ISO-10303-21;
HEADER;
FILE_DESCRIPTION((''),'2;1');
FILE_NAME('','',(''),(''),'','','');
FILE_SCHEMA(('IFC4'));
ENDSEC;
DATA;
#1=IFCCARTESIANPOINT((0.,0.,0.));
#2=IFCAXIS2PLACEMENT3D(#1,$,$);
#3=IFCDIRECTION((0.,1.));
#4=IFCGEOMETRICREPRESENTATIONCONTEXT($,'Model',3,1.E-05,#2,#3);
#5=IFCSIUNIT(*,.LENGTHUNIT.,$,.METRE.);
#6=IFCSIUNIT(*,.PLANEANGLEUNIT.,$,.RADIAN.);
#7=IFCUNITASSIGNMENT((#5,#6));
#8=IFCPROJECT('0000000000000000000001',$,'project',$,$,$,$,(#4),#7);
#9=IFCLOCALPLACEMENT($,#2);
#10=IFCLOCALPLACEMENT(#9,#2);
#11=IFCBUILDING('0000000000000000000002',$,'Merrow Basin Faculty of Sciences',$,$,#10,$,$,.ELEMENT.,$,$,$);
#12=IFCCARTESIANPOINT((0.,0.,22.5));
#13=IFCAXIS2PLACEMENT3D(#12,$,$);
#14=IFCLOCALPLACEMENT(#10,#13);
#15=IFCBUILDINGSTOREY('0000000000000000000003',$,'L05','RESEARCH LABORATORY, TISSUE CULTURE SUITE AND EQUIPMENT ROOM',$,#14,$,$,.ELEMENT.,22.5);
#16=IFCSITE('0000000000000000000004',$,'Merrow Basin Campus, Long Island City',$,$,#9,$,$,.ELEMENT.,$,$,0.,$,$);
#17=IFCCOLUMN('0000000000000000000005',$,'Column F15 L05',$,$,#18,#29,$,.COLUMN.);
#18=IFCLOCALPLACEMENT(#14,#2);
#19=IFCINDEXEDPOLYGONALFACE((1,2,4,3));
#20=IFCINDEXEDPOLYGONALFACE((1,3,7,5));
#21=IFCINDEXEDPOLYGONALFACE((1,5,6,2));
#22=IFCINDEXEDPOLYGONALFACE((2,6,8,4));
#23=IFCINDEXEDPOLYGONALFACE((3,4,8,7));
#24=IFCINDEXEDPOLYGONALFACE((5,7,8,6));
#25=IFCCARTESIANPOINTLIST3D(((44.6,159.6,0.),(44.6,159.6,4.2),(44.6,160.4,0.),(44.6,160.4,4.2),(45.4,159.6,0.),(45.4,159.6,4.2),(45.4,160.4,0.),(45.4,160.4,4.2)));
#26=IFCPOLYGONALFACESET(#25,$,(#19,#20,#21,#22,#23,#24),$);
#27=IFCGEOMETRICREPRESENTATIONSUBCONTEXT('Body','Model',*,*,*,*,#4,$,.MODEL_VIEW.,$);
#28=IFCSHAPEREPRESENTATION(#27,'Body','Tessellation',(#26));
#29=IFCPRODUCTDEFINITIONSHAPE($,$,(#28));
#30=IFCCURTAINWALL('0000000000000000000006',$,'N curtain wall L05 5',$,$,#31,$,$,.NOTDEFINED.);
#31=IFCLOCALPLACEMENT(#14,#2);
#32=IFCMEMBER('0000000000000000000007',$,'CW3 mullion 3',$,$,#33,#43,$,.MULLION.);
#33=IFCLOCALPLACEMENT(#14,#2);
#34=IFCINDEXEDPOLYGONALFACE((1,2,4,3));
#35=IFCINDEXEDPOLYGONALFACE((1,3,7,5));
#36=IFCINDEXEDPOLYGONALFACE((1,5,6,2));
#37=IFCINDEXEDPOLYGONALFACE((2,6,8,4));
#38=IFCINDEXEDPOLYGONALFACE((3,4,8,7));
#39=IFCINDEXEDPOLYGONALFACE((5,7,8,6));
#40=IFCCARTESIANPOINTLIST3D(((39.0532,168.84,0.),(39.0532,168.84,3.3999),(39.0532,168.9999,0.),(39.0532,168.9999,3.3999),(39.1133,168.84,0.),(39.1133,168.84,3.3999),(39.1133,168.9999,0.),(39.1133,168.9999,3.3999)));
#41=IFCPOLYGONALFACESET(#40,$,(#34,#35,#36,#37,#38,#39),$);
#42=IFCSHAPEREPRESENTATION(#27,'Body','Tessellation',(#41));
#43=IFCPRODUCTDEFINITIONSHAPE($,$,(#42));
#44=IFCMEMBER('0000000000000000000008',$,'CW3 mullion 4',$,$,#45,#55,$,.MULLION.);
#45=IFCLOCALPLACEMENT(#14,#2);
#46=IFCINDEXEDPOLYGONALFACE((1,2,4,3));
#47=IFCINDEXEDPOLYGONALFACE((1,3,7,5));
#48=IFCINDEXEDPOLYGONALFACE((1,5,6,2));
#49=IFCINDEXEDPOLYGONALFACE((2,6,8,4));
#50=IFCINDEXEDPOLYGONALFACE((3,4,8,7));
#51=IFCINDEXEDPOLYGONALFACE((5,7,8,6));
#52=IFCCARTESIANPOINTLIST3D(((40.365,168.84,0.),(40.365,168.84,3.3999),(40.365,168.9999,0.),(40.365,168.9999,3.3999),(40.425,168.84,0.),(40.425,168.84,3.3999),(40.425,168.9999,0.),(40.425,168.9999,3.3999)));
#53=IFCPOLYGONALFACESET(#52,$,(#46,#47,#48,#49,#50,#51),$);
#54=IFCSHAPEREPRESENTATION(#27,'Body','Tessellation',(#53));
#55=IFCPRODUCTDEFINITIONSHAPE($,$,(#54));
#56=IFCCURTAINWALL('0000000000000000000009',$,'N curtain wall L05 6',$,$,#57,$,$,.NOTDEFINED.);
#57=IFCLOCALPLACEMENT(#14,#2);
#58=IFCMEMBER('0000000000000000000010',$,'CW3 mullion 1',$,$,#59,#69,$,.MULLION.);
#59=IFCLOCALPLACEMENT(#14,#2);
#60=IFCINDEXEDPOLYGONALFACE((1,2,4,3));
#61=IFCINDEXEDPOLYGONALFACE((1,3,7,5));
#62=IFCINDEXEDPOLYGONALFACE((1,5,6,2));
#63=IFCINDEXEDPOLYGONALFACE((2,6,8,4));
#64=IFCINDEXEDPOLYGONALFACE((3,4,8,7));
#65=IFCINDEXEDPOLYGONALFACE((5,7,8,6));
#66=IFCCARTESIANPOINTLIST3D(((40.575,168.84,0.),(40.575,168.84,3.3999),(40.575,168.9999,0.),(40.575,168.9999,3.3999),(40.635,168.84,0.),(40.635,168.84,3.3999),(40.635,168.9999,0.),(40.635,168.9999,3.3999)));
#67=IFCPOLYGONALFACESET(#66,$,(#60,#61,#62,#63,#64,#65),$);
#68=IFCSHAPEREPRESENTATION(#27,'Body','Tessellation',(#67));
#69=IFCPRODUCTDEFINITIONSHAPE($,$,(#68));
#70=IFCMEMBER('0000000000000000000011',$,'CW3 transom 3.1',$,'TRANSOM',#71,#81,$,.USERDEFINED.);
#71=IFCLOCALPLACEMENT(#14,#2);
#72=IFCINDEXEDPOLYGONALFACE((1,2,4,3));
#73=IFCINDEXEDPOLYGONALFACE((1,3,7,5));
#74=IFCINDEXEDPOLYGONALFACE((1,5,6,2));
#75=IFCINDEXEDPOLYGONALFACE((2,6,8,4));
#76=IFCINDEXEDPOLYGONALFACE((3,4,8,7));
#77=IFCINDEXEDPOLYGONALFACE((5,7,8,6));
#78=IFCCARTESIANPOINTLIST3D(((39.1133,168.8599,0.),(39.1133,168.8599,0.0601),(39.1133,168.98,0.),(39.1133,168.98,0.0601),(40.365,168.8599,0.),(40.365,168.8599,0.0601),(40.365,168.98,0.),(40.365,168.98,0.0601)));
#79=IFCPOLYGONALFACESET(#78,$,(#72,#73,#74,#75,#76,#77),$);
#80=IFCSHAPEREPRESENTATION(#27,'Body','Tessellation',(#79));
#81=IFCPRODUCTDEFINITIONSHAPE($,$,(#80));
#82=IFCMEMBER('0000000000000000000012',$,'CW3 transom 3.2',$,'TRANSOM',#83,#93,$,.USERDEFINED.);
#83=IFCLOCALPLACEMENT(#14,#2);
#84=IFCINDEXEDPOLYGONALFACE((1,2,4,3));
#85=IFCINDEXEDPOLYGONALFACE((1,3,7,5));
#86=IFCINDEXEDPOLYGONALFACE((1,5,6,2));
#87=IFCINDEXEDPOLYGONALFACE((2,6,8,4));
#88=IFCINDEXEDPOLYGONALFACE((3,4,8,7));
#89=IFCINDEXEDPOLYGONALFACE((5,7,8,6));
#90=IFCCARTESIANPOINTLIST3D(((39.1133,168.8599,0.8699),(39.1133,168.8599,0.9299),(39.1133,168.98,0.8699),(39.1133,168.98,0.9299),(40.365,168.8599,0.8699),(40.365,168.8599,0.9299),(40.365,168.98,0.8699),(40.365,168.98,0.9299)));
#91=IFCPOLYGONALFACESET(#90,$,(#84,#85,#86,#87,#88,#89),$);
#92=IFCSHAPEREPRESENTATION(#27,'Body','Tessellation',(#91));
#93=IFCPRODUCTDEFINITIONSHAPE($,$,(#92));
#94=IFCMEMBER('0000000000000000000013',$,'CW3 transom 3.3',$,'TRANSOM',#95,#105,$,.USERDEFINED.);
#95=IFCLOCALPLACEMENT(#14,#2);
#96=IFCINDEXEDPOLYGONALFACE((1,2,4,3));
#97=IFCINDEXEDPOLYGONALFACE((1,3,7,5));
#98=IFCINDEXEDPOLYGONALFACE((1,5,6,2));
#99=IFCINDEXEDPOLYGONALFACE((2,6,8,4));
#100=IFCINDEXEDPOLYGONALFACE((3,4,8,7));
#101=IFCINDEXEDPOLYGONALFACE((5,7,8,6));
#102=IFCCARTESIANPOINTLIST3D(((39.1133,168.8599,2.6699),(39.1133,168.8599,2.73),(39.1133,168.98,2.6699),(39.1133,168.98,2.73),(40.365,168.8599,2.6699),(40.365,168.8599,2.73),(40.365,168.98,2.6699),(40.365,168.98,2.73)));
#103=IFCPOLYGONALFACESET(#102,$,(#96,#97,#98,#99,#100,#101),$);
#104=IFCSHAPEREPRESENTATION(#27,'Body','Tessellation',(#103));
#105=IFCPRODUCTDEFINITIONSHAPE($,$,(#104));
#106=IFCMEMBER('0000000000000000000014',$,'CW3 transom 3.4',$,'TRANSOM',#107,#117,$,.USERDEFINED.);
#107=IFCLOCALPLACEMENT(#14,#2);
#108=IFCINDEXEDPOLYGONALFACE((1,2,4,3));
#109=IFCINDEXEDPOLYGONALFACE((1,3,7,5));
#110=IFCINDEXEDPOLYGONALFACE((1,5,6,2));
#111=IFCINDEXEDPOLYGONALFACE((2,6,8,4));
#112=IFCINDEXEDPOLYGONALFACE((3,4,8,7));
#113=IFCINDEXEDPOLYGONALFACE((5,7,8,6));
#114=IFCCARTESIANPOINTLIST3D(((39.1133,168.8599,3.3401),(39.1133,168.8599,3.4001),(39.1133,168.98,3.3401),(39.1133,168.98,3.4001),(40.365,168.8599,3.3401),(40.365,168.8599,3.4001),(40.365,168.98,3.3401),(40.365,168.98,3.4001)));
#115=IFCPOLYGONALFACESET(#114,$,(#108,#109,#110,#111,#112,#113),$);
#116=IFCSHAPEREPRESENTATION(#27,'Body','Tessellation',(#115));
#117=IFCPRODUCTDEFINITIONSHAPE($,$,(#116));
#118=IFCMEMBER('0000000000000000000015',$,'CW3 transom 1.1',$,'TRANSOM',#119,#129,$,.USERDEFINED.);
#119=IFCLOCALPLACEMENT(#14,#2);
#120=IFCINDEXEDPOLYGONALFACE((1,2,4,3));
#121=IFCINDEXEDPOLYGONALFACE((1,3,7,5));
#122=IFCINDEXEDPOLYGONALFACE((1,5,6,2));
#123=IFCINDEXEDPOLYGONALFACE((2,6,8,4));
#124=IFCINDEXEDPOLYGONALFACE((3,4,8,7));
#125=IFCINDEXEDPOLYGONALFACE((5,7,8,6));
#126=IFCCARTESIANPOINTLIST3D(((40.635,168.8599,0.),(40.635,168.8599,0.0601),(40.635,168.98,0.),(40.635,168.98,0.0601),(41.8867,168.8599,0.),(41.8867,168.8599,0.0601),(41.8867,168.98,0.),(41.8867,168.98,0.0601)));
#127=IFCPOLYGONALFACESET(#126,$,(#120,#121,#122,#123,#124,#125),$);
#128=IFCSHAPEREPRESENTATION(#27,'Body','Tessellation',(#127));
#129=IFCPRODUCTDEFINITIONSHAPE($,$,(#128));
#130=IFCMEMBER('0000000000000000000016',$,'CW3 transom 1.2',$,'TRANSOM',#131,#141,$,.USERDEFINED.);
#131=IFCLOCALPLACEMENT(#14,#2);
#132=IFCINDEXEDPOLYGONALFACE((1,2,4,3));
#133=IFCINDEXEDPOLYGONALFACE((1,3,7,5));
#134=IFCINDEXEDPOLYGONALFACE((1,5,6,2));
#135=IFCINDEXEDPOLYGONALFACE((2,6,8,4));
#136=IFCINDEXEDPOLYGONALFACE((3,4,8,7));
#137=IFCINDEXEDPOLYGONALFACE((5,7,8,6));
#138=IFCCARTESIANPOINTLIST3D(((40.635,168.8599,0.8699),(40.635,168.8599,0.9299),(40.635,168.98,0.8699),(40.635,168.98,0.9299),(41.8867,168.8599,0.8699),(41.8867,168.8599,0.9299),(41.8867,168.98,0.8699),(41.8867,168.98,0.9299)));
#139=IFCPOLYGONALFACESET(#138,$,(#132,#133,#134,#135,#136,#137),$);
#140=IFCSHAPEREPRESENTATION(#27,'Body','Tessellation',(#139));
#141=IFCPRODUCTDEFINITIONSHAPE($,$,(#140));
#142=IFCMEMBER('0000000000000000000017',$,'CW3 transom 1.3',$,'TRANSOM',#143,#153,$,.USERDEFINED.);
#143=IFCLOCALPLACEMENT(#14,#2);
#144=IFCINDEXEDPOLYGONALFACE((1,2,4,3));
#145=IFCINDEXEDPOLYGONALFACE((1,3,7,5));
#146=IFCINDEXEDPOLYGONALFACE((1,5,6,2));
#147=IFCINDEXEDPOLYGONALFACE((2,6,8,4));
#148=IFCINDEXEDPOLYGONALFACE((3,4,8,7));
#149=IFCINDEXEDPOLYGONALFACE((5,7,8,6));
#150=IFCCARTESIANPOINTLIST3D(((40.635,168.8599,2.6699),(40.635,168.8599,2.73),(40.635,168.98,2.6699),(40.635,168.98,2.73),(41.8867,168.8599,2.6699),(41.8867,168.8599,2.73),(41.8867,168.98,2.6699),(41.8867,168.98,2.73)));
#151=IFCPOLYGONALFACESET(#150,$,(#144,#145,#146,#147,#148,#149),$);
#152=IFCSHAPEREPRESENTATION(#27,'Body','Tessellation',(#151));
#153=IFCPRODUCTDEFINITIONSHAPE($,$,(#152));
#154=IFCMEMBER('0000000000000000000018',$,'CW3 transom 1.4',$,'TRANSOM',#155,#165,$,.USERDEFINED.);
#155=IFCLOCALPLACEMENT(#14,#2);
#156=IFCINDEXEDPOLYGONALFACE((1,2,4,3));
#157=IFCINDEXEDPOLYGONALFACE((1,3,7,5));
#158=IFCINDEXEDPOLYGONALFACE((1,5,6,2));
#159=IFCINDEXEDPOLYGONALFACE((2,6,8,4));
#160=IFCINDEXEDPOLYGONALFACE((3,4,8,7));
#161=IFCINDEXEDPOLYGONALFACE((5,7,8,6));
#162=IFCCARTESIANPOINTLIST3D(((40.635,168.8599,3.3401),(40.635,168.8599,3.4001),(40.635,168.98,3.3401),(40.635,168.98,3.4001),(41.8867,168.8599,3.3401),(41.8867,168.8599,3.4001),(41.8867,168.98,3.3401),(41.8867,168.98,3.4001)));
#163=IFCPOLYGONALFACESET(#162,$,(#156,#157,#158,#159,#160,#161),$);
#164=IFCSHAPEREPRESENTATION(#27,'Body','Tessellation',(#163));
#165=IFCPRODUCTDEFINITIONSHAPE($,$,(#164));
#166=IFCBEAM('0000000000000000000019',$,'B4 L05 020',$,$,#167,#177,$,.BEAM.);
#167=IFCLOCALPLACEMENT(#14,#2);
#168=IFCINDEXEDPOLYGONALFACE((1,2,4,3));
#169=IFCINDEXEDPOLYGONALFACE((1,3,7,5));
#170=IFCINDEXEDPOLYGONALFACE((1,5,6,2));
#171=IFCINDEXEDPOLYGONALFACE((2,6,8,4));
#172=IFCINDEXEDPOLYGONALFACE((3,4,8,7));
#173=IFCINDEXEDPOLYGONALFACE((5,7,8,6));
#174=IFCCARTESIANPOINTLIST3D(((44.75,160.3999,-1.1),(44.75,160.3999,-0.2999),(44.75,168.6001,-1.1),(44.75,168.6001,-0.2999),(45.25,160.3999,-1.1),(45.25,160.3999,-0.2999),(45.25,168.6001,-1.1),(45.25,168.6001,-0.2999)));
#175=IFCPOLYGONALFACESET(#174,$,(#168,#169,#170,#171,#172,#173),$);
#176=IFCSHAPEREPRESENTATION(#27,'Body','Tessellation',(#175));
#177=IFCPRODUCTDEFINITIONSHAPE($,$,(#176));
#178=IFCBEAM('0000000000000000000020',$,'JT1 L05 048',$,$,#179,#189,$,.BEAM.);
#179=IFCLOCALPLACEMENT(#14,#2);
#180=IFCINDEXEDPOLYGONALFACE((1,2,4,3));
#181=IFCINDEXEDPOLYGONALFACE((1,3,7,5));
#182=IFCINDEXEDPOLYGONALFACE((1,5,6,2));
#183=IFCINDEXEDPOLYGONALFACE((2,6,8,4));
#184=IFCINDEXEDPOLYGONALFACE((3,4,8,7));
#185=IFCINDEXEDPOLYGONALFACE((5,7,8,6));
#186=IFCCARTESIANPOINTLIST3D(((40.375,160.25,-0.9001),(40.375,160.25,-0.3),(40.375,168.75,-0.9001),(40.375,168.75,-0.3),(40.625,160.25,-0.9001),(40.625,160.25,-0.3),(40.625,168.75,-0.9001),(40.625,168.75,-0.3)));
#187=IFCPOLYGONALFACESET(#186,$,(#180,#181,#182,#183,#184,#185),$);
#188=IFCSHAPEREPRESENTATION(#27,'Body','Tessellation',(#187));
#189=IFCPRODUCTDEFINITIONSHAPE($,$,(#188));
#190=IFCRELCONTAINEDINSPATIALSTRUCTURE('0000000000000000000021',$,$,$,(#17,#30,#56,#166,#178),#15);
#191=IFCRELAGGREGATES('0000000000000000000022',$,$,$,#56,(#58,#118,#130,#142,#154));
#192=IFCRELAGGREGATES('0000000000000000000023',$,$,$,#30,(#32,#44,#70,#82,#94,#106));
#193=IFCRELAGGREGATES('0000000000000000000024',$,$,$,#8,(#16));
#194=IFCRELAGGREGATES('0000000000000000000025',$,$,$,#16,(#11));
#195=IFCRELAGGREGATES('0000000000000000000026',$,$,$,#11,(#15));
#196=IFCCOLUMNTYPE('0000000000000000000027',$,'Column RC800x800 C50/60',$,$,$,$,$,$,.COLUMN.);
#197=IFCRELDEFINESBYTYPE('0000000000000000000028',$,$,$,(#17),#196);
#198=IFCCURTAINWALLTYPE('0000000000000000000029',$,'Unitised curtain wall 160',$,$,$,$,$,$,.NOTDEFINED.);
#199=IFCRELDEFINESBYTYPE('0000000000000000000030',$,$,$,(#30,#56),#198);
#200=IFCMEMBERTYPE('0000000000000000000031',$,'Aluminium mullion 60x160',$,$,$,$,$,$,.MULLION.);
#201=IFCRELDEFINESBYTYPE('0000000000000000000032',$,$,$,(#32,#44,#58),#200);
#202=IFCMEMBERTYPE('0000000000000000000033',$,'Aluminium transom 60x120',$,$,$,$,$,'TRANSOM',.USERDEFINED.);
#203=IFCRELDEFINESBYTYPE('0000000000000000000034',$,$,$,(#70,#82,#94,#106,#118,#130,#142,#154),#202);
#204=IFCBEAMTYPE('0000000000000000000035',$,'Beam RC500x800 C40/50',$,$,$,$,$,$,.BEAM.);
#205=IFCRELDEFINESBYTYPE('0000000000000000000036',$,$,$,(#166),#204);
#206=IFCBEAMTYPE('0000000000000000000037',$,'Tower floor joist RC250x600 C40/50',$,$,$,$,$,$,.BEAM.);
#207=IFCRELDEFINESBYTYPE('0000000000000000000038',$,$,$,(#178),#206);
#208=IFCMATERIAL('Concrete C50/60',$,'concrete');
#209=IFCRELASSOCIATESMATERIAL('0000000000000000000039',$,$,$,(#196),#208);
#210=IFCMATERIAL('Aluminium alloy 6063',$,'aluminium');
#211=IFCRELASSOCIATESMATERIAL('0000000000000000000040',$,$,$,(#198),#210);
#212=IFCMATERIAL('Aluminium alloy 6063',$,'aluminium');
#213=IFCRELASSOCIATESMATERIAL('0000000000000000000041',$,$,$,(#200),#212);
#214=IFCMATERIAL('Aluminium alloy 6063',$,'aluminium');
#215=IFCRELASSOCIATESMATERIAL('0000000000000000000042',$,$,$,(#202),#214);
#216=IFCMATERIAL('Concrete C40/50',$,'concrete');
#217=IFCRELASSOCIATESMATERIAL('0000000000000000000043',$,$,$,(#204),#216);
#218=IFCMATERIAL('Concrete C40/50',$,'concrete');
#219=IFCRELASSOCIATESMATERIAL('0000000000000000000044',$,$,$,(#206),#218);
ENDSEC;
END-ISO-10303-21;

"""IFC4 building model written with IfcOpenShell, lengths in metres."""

from ifc_helpers import new_model, si_unit, direction, frame, origin, origin_2d, place, context, subcontext, project, spatial, rectangle, extrude, material, material_profile, profile_set, type_object, element, aggregate, save


model = new_model("IFC4")

# Units and contexts
model_context = context("Model", 3, precision=1e-05, world=origin(), true_north=direction((0.0, 1.0)))
body_context = subcontext(model_context, "Body", "Model", "MODEL_VIEW")
ifc_project = project(units=[si_unit("LENGTHUNIT", "METRE"), si_unit("PLANEANGLEUNIT", "RADIAN")], contexts=[model_context])

# Site, building, storey
site_placement = place(None, origin())
site = spatial("IfcSite", under=ifc_project, at=site_placement, Name="Merrow Basin Campus, Long Island City", CompositionType="ELEMENT", RefElevation=0.0)
building_placement = place(site_placement, origin())
building = spatial("IfcBuilding", under=site, at=building_placement, Name="Merrow Basin Faculty of Sciences", CompositionType="ELEMENT")
storey_placement = place(building_placement, frame((0.0, 0.0, 22.5)))
storey = spatial("IfcBuildingStorey", under=building, at=storey_placement, Name="L05", Description="RESEARCH LABORATORY, TISSUE CULTURE SUITE AND EQUIPMENT ROOM", CompositionType="ELEMENT", Elevation=22.5)

# Column
ifc_material_1 = material(Name="Concrete C50/60", Category="concrete")
ifc_material_profile_1 = material_profile(ifc_material_1, rectangle(XDim=0.8, YDim=0.8, at=origin_2d()))
ifc_profile_set_1 = profile_set([ifc_material_profile_1], Name="Concrete C50/60")
column_type = type_object("IfcColumnType", Name="Column RC800x800 C50/60", PredefinedType="COLUMN", material=ifc_profile_set_1)
column_placement = place(storey_placement, frame((45.0, 160.0, 0.0), z_axis=(0.0, 0.0, 1.0), x_axis=(1.0, 0.0, 0.0)))
element("IfcColumn", 1, at=column_placement, inside=storey, type_object=column_type, Name="Column F15 L05", PredefinedType="COLUMN", context=body_context, shape_type="SweptSolid", body=[
    extrude(rectangle(XDim=0.8, YDim=0.8, at=origin_2d()), origin(), (0.0, 0.0, 1.0), 4.2),
])

# Curtain wall, members
ifc_material_2 = material(Name="Aluminium alloy 6063", Category="aluminium")
curtain_wall_type = type_object("IfcCurtainWallType", Name="Unitised curtain wall 160", PredefinedType="NOTDEFINED", material=ifc_material_2)
curtain_wall_1_placement = place(storey_placement, origin())
curtain_wall_1 = element("IfcCurtainWall", 2, at=curtain_wall_1_placement, inside=storey, type_object=curtain_wall_type, Name="N curtain wall L05 5", PredefinedType="NOTDEFINED")
ifc_material_3 = material(Name="Aluminium alloy 6063", Category="aluminium")
ifc_material_profile_2 = material_profile(ifc_material_3, rectangle(XDim=0.1599, YDim=0.0601, at=origin_2d()))
ifc_profile_set_2 = profile_set([ifc_material_profile_2], Name="Aluminium alloy 6063")
member_type_1 = type_object("IfcMemberType", Name="Aluminium mullion 60x160", PredefinedType="MULLION", material=ifc_profile_set_2)
member_1_placement = place(storey_placement, frame((39.0833, 168.9199, 0.0), z_axis=(0.0, 0.0, 1.0), x_axis=(0.0, 1.0, 0.0)))
member_1 = element("IfcMember", 3, at=member_1_placement, type_object=member_type_1, Name="CW3 mullion 3", PredefinedType="MULLION", context=body_context, shape_type="SweptSolid", body=[
    extrude(rectangle(XDim=0.1599, YDim=0.0601, at=origin_2d()), origin(), (0.0, 0.0, 1.0), 3.3999),
])
member_2_placement = place(storey_placement, frame((40.395, 168.9199, 0.0), z_axis=(0.0, 0.0, 1.0), x_axis=(0.0, 1.0, 0.0)))
member_2 = element("IfcMember", 4, at=member_2_placement, type_object=member_type_1, Name="CW3 mullion 4", PredefinedType="MULLION", context=body_context, shape_type="SweptSolid", body=[
    extrude(rectangle(XDim=0.1599, YDim=0.0601, at=origin_2d()), origin(), (0.0, 0.0, 1.0), 3.3999),
])

# Curtain wall, member
curtain_wall_2_placement = place(storey_placement, origin())
curtain_wall_2 = element("IfcCurtainWall", 5, at=curtain_wall_2_placement, inside=storey, type_object=curtain_wall_type, Name="N curtain wall L05 6", PredefinedType="NOTDEFINED")
member_3_placement = place(storey_placement, frame((40.605, 168.9199, 0.0), z_axis=(0.0, 0.0, 1.0), x_axis=(0.0, 1.0, 0.0)))
member_3 = element("IfcMember", 6, at=member_3_placement, type_object=member_type_1, Name="CW3 mullion 1", PredefinedType="MULLION", context=body_context, shape_type="SweptSolid", body=[
    extrude(rectangle(XDim=0.1599, YDim=0.0601, at=origin_2d()), origin(), (0.0, 0.0, 1.0), 3.3999),
])

# Members
ifc_material_4 = material(Name="Aluminium alloy 6063", Category="aluminium")
ifc_material_profile_3 = material_profile(ifc_material_4, rectangle(XDim=0.1201, YDim=0.0601, at=origin_2d()))
ifc_profile_set_3 = profile_set([ifc_material_profile_3], Name="Aluminium alloy 6063")
member_type_2 = type_object("IfcMemberType", Name="Aluminium transom 60x120", ElementType="TRANSOM", PredefinedType="USERDEFINED", material=ifc_profile_set_3)
member_4_placement = place(storey_placement, frame((39.1133, 168.9199, 0.03), z_axis=(1.0, 0.0, 0.0), x_axis=(0.0, 1.0, 0.0)))
member_4 = element("IfcMember", 7, at=member_4_placement, type_object=member_type_2, Name="CW3 transom 3.1", ObjectType="TRANSOM", PredefinedType="USERDEFINED", context=body_context, shape_type="SweptSolid", body=[
    extrude(rectangle(XDim=0.1201, YDim=0.0601, at=origin_2d()), origin(), (0.0, 0.0, 1.0), 1.2517),
])
member_5_placement = place(storey_placement, frame((39.1133, 168.9199, 0.8999), z_axis=(1.0, 0.0, 0.0), x_axis=(0.0, 1.0, 0.0)))
member_5 = element("IfcMember", 8, at=member_5_placement, type_object=member_type_2, Name="CW3 transom 3.2", ObjectType="TRANSOM", PredefinedType="USERDEFINED", context=body_context, shape_type="SweptSolid", body=[
    extrude(rectangle(XDim=0.1201, YDim=0.0601, at=origin_2d()), origin(), (0.0, 0.0, 1.0), 1.2517),
])
member_6_placement = place(storey_placement, frame((39.1133, 168.9199, 2.7), z_axis=(1.0, 0.0, 0.0), x_axis=(0.0, 1.0, 0.0)))
member_6 = element("IfcMember", 9, at=member_6_placement, type_object=member_type_2, Name="CW3 transom 3.3", ObjectType="TRANSOM", PredefinedType="USERDEFINED", context=body_context, shape_type="SweptSolid", body=[
    extrude(rectangle(XDim=0.1201, YDim=0.0601, at=origin_2d()), origin(), (0.0, 0.0, 1.0), 1.2517),
])
member_7_placement = place(storey_placement, frame((39.1133, 168.9199, 3.3701), z_axis=(1.0, 0.0, 0.0), x_axis=(0.0, 1.0, 0.0)))
member_7 = element("IfcMember", 10, at=member_7_placement, type_object=member_type_2, Name="CW3 transom 3.4", ObjectType="TRANSOM", PredefinedType="USERDEFINED", context=body_context, shape_type="SweptSolid", body=[
    extrude(rectangle(XDim=0.1201, YDim=0.0601, at=origin_2d()), origin(), (0.0, 0.0, 1.0), 1.2517),
])
member_8_placement = place(storey_placement, frame((40.635, 168.9199, 0.03), z_axis=(1.0, 0.0, 0.0), x_axis=(0.0, 1.0, 0.0)))
member_8 = element("IfcMember", 11, at=member_8_placement, type_object=member_type_2, Name="CW3 transom 1.1", ObjectType="TRANSOM", PredefinedType="USERDEFINED", context=body_context, shape_type="SweptSolid", body=[
    extrude(rectangle(XDim=0.1201, YDim=0.0601, at=origin_2d()), origin(), (0.0, 0.0, 1.0), 1.2517),
])
member_9_placement = place(storey_placement, frame((40.635, 168.9199, 0.8999), z_axis=(1.0, 0.0, 0.0), x_axis=(0.0, 1.0, 0.0)))
member_9 = element("IfcMember", 12, at=member_9_placement, type_object=member_type_2, Name="CW3 transom 1.2", ObjectType="TRANSOM", PredefinedType="USERDEFINED", context=body_context, shape_type="SweptSolid", body=[
    extrude(rectangle(XDim=0.1201, YDim=0.0601, at=origin_2d()), origin(), (0.0, 0.0, 1.0), 1.2517),
])
member_10_placement = place(storey_placement, frame((40.635, 168.9199, 2.7), z_axis=(1.0, 0.0, 0.0), x_axis=(0.0, 1.0, 0.0)))
member_10 = element("IfcMember", 13, at=member_10_placement, type_object=member_type_2, Name="CW3 transom 1.3", ObjectType="TRANSOM", PredefinedType="USERDEFINED", context=body_context, shape_type="SweptSolid", body=[
    extrude(rectangle(XDim=0.1201, YDim=0.0601, at=origin_2d()), origin(), (0.0, 0.0, 1.0), 1.2517),
])
member_11_placement = place(storey_placement, frame((40.635, 168.9199, 3.3701), z_axis=(1.0, 0.0, 0.0), x_axis=(0.0, 1.0, 0.0)))
member_11 = element("IfcMember", 14, at=member_11_placement, type_object=member_type_2, Name="CW3 transom 1.4", ObjectType="TRANSOM", PredefinedType="USERDEFINED", context=body_context, shape_type="SweptSolid", body=[
    extrude(rectangle(XDim=0.1201, YDim=0.0601, at=origin_2d()), origin(), (0.0, 0.0, 1.0), 1.2517),
])

# Beams
ifc_material_5 = material(Name="Concrete C40/50", Category="concrete")
ifc_material_profile_4 = material_profile(ifc_material_5, rectangle(XDim=0.5, YDim=0.8, at=origin_2d()))
ifc_profile_set_4 = profile_set([ifc_material_profile_4], Name="Concrete C40/50")
beam_type_1 = type_object("IfcBeamType", Name="Beam RC500x800 C40/50", PredefinedType="BEAM", material=ifc_profile_set_4)
beam_placement = place(storey_placement, frame((45.0, 160.3999, -0.7), z_axis=(0.0, 1.0, 0.0), x_axis=(-1.0, 0.0, 0.0)))
element("IfcBeam", 15, at=beam_placement, inside=storey, type_object=beam_type_1, Name="B4 L05 020", PredefinedType="BEAM", context=body_context, shape_type="SweptSolid", body=[
    extrude(rectangle(XDim=0.5, YDim=0.8, at=origin_2d()), origin(), (0.0, 0.0, 1.0), 8.2002),
])
ifc_material_6 = material(Name="Concrete C40/50", Category="concrete")
ifc_material_profile_5 = material_profile(ifc_material_6, rectangle(XDim=0.25, YDim=0.6001, at=origin_2d()))
ifc_profile_set_5 = profile_set([ifc_material_profile_5], Name="Concrete C40/50")
beam_type_2 = type_object("IfcBeamType", Name="Tower floor joist RC250x600 C40/50", PredefinedType="BEAM", material=ifc_profile_set_5)
for number, where, z_axis, x_axis, name in (
    (16, (40.5, 160.25, -0.6001), (0.0, 1.0, 0.0), (-1.0, 0.0, 0.0), "JT1 L05 048"),
):
    element("IfcBeam", number, at=place(storey_placement, frame(where, z_axis=z_axis, x_axis=x_axis)), inside=storey, type_object=beam_type_2, Name=name, PredefinedType="BEAM", context=body_context, shape_type="SweptSolid", body=[
        extrude(rectangle(XDim=0.25, YDim=0.6001, at=origin_2d()), origin(), (0.0, 0.0, 1.0), 8.5),
    ])

aggregate(curtain_wall_2, [member_3, member_8, member_9, member_10, member_11])
aggregate(curtain_wall_1, [member_1, member_2, member_4, member_5, member_6, member_7])

save(model, "model.ifc")
